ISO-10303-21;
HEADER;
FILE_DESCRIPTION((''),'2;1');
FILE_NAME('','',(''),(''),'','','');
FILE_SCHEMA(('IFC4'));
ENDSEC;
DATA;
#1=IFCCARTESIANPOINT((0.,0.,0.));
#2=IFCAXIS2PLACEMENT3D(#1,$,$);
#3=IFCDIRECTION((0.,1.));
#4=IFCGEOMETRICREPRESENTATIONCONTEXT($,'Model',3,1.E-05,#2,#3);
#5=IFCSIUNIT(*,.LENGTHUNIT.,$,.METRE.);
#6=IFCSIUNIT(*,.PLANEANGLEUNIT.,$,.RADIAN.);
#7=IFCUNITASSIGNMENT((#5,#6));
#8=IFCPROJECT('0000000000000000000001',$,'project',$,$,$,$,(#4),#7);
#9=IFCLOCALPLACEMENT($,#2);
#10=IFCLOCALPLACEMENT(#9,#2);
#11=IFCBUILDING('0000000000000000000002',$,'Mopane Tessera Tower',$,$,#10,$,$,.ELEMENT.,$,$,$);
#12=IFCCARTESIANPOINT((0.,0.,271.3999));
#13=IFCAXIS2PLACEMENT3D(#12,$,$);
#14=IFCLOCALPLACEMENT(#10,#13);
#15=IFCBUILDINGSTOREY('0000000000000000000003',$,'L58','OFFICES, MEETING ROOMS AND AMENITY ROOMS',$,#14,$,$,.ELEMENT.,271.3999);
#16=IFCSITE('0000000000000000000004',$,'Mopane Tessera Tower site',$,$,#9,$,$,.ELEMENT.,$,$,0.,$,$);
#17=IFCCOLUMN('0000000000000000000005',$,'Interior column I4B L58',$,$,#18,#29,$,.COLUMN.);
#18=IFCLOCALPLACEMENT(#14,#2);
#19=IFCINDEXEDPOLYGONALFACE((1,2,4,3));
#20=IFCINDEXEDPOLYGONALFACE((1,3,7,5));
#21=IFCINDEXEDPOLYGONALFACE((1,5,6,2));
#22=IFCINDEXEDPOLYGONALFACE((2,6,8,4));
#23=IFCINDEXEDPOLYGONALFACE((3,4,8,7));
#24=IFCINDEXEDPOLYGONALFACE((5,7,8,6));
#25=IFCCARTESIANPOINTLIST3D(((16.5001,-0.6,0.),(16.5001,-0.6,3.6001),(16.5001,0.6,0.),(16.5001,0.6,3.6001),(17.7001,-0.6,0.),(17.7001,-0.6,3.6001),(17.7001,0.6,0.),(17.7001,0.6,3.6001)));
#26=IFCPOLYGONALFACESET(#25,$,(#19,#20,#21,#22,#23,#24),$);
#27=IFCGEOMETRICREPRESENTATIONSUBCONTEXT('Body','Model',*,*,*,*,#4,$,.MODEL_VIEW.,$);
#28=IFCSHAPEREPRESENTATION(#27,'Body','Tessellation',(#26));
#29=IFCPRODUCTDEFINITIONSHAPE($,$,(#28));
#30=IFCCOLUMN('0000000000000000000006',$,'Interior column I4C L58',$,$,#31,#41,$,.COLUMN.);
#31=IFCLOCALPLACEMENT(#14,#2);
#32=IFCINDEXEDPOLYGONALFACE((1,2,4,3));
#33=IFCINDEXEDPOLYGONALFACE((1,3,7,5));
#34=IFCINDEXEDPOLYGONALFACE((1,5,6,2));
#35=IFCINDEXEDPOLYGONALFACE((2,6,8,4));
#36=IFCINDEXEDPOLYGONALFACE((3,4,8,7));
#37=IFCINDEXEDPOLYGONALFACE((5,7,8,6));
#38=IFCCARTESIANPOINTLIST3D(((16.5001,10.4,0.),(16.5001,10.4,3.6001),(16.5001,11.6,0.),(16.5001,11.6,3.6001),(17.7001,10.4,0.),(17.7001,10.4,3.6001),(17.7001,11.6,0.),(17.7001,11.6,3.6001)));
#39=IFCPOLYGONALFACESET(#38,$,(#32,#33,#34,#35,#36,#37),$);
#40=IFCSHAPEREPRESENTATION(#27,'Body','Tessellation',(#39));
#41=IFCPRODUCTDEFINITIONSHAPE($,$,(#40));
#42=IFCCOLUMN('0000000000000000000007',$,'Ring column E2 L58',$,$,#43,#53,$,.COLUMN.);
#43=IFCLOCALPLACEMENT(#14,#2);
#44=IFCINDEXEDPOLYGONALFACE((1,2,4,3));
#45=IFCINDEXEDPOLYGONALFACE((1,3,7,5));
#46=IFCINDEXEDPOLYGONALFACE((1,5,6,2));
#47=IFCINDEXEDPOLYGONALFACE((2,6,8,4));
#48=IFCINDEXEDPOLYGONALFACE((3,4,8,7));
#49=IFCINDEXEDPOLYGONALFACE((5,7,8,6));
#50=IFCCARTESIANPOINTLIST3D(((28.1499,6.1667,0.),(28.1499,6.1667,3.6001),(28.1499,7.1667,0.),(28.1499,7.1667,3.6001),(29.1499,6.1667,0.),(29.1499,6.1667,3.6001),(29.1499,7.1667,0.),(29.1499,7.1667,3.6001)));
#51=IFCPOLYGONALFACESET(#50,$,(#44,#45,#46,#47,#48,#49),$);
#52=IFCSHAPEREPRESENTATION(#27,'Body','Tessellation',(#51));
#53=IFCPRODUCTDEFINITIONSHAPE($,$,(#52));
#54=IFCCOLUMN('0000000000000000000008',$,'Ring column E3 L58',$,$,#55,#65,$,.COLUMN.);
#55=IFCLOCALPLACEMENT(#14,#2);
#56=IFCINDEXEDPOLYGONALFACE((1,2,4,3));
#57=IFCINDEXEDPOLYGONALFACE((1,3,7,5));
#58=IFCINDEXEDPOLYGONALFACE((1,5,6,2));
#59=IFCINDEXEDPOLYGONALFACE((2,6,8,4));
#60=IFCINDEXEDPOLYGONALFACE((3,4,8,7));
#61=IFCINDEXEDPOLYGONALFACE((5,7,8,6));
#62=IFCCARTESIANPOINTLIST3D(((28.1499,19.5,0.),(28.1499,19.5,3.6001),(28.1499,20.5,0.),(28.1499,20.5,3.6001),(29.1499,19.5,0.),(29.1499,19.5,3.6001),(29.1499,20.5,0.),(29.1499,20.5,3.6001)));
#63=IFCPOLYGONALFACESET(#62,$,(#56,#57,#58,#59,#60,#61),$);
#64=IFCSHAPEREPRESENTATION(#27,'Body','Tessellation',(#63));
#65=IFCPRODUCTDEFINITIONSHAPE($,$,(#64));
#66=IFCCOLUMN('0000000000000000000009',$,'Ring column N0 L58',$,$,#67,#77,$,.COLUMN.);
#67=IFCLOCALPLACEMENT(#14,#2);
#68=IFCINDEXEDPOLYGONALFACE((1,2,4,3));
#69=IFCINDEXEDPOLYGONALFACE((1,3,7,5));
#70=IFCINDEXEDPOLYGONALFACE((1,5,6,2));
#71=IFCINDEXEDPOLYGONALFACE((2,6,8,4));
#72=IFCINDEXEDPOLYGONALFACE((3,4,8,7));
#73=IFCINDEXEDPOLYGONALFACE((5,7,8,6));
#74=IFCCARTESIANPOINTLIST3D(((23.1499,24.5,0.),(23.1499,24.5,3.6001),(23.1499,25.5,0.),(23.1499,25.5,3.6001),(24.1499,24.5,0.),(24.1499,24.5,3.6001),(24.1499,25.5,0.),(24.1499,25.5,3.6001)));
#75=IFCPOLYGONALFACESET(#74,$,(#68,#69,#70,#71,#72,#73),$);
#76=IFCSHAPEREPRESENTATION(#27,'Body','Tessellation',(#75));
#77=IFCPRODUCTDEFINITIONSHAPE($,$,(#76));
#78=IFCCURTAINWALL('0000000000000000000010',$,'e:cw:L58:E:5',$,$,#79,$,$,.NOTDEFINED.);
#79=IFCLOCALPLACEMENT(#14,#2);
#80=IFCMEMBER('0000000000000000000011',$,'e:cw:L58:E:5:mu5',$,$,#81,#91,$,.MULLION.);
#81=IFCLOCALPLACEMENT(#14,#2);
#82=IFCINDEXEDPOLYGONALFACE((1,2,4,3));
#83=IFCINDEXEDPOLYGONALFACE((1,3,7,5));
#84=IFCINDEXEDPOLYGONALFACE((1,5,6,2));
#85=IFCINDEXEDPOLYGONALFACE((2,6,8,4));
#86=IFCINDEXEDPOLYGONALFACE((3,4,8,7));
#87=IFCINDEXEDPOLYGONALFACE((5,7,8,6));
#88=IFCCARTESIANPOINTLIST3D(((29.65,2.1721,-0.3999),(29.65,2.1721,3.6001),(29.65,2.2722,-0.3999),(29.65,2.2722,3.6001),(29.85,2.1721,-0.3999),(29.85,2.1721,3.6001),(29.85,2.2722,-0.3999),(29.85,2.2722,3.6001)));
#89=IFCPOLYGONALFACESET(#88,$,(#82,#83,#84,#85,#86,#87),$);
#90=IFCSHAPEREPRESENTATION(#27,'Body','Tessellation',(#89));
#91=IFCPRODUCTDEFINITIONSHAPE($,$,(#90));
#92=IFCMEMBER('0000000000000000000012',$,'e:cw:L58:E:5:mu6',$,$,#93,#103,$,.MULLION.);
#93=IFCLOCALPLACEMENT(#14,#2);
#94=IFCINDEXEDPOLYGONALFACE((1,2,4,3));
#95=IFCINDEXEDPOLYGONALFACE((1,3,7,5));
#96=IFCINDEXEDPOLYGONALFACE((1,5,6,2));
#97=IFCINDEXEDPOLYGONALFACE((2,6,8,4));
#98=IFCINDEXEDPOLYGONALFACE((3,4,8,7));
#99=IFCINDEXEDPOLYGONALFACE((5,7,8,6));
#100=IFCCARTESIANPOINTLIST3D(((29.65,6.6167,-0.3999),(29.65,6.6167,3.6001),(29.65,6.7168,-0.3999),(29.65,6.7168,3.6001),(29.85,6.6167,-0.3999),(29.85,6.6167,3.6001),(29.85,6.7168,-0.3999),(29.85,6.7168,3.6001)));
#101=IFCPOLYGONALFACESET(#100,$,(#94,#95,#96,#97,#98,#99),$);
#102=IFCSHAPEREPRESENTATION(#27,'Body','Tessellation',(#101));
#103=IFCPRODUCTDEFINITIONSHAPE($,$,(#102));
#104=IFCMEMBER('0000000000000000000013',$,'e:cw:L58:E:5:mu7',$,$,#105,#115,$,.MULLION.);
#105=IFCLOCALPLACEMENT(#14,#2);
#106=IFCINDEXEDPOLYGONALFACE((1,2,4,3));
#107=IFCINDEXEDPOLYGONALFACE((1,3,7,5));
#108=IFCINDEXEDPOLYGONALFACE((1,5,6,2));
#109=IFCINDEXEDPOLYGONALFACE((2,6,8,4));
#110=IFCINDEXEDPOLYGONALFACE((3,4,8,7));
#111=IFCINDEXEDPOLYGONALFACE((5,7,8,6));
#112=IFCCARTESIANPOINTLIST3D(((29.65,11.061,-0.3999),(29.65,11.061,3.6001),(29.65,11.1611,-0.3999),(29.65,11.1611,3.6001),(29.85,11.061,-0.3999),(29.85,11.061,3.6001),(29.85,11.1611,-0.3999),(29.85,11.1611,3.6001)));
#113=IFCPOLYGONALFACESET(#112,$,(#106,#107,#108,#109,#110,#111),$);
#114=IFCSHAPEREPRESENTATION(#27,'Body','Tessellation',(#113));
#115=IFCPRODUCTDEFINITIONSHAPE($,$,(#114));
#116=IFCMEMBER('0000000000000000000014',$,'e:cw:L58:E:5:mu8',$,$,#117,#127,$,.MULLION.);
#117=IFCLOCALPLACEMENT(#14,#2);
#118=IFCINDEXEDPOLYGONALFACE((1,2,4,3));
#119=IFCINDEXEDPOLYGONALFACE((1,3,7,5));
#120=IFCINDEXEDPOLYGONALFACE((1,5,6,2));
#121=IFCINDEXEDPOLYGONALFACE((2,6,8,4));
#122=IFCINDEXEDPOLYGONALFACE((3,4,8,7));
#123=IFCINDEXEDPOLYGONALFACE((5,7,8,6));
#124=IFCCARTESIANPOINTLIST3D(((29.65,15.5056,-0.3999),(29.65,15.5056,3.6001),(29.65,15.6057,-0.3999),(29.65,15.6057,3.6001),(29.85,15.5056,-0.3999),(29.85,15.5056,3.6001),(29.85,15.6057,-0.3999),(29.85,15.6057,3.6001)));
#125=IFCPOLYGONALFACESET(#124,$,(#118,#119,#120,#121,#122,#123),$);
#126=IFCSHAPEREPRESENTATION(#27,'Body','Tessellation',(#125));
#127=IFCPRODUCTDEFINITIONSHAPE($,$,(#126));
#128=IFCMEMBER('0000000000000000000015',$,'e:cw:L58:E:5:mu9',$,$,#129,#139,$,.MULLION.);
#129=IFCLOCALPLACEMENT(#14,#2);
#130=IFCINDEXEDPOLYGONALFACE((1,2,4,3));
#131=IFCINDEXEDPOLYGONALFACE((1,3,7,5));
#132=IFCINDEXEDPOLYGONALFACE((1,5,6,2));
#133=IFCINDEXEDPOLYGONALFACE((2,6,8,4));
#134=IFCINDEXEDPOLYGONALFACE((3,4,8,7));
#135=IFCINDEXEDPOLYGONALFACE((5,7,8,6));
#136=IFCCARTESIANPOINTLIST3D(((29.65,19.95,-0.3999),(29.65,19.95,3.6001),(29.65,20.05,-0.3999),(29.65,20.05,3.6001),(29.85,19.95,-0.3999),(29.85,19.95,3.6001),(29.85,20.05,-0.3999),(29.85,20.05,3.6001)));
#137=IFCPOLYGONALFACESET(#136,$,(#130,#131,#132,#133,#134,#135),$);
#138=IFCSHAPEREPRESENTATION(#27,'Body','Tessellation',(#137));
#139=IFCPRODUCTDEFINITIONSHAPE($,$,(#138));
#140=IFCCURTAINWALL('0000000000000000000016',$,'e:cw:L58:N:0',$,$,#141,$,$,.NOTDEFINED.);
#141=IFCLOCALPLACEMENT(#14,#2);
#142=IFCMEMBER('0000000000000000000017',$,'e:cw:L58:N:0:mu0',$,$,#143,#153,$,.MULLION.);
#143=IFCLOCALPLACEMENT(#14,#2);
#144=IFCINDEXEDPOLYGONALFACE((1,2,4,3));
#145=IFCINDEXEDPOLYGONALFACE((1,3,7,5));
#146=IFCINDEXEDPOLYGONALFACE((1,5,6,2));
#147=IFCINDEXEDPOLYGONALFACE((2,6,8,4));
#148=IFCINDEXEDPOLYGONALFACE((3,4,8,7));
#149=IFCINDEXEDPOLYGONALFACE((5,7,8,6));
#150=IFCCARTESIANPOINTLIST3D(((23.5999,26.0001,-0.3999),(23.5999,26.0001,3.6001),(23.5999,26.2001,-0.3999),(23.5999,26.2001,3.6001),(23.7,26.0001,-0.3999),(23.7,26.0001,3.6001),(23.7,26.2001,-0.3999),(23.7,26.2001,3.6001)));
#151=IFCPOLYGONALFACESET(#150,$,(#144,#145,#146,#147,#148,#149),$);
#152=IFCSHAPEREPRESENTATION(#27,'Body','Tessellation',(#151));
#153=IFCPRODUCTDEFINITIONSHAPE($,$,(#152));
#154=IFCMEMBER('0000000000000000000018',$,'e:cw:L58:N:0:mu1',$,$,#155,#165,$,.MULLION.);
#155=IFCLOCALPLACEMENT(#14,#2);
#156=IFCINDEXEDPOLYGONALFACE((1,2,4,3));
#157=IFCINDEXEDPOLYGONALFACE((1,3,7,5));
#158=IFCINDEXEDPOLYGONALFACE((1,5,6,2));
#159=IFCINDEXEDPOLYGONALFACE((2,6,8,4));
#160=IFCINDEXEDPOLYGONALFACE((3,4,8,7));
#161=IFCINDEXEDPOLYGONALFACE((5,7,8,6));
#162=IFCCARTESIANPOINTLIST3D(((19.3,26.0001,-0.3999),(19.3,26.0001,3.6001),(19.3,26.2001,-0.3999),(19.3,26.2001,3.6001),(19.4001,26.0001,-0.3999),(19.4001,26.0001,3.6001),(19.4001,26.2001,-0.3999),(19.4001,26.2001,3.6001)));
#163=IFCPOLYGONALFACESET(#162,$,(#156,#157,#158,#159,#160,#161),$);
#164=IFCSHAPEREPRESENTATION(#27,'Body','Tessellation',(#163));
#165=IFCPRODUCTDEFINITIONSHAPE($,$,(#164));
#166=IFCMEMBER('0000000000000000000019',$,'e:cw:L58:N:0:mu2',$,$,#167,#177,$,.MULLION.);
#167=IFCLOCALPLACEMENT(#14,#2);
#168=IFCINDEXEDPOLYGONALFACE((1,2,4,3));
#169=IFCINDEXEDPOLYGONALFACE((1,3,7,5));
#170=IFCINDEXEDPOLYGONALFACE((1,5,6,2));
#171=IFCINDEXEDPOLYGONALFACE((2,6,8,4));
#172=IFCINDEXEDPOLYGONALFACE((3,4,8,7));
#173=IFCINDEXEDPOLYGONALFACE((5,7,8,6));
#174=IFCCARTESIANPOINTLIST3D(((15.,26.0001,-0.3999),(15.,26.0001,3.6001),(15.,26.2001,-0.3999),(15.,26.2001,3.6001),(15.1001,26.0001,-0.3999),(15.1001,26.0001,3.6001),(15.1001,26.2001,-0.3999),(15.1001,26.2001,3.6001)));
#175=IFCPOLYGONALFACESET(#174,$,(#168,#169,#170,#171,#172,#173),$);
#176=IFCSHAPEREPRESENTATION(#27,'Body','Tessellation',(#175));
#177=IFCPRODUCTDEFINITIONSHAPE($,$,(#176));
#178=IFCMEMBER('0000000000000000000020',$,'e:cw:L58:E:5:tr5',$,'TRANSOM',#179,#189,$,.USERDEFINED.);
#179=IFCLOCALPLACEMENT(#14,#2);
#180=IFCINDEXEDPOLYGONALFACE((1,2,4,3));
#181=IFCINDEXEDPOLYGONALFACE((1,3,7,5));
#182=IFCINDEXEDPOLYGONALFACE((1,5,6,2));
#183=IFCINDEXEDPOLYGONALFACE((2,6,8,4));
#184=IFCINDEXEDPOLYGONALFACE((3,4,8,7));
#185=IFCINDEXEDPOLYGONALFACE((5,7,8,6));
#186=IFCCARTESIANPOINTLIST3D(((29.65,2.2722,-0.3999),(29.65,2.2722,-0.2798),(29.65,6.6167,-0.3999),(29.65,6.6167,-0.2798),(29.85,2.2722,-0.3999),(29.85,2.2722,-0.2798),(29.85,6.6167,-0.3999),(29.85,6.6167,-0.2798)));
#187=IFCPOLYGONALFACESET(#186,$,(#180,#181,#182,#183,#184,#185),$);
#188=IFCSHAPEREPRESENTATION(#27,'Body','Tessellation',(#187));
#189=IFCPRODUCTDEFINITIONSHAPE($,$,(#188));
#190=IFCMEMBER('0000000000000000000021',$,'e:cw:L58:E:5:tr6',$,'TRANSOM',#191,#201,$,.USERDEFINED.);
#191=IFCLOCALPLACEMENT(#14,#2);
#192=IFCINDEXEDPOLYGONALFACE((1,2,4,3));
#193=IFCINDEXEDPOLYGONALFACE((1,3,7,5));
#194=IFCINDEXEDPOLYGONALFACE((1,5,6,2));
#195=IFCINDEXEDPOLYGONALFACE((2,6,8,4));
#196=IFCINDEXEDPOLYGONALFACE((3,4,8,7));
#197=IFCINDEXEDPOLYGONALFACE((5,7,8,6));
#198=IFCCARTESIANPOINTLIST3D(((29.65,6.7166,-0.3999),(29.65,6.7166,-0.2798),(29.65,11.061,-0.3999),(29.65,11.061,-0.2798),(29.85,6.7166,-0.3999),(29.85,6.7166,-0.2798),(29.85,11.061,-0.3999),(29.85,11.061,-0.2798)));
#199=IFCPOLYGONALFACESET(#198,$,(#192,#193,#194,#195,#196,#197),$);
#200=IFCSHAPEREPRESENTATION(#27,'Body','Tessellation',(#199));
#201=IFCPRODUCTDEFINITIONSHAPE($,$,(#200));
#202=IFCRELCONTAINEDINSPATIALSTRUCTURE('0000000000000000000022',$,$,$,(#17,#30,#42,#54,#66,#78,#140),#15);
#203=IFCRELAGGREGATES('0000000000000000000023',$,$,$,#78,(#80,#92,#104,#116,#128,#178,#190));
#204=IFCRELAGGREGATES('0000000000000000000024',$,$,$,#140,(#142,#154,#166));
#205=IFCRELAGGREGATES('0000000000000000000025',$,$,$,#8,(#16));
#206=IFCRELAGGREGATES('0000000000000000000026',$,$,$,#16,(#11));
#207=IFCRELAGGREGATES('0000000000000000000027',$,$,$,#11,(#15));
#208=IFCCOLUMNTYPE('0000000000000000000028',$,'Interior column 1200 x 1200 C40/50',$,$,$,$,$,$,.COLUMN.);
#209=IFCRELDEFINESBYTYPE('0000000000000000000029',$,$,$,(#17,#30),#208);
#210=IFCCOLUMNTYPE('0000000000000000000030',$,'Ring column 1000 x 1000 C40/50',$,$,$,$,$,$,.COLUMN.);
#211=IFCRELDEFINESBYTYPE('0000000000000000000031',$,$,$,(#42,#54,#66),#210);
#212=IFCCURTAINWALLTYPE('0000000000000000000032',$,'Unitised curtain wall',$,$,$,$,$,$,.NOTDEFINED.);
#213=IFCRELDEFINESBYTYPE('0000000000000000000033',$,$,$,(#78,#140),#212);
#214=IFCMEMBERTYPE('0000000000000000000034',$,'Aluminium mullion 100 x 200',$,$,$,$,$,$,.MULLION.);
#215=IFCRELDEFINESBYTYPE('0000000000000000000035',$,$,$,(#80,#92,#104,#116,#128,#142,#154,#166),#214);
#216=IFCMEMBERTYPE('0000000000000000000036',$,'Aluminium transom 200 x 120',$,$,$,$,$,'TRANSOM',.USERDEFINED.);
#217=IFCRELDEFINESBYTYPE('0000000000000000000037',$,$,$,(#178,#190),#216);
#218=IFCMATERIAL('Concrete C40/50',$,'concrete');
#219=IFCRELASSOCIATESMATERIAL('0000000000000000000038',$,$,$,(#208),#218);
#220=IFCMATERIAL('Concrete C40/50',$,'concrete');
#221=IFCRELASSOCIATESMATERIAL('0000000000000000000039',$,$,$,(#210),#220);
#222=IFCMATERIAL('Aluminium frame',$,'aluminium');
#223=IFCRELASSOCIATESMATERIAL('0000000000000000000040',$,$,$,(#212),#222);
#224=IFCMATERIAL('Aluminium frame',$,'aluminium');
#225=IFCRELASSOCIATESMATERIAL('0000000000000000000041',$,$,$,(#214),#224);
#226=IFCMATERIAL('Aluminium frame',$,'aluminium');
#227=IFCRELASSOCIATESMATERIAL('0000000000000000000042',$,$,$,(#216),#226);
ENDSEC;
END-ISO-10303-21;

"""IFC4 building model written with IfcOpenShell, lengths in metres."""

from ifc_helpers import new_model, si_unit, direction, frame, origin, origin_2d, place, context, subcontext, project, spatial, rectangle, extrude, material, material_profile, profile_set, type_object, element, aggregate, save


model = new_model("IFC4")

# Units and contexts
model_context = context("Model", 3, precision=1e-05, world=origin(), true_north=direction((0.0, 1.0)))
body_context = subcontext(model_context, "Body", "Model", "MODEL_VIEW")
ifc_project = project(units=[si_unit("LENGTHUNIT", "METRE"), si_unit("PLANEANGLEUNIT", "RADIAN")], contexts=[model_context])

# Site, building, storey
site_placement = place(None, origin())
site = spatial("IfcSite", under=ifc_project, at=site_placement, Name="Mopane Tessera Tower site", CompositionType="ELEMENT", RefElevation=0.0)
building_placement = place(site_placement, origin())
building = spatial("IfcBuilding", under=site, at=building_placement, Name="Mopane Tessera Tower", CompositionType="ELEMENT")
storey_placement = place(building_placement, frame((0.0, 0.0, 271.3999)))
storey = spatial("IfcBuildingStorey", under=building, at=storey_placement, Name="L58", Description="OFFICES, MEETING ROOMS AND AMENITY ROOMS", CompositionType="ELEMENT", Elevation=271.3999)

# Columns
ifc_material_1 = material(Name="Concrete C40/50", Category="concrete")
ifc_material_profile_1 = material_profile(ifc_material_1, rectangle(XDim=1.2, YDim=1.2, at=origin_2d()))
ifc_profile_set_1 = profile_set([ifc_material_profile_1], Name="Concrete C40/50")
column_type_1 = type_object("IfcColumnType", Name="Interior column 1200 x 1200 C40/50", PredefinedType="COLUMN", material=ifc_profile_set_1)
for number, where, z_axis, x_axis, name in (
    (1, (17.1001, 0.0, 0.0), (0.0, 0.0, 1.0), (1.0, 0.0, 0.0), "Interior column I4B L58"),
    (2, (17.1001, 11.0, 0.0), (0.0, 0.0, 1.0), (1.0, 0.0, 0.0), "Interior column I4C L58"),
):
    element("IfcColumn", number, at=place(storey_placement, frame(where, z_axis=z_axis, x_axis=x_axis)), inside=storey, type_object=column_type_1, Name=name, PredefinedType="COLUMN", context=body_context, shape_type="SweptSolid", body=[
        extrude(rectangle(XDim=1.2, YDim=1.2, at=origin_2d()), origin(), (0.0, 0.0, 1.0), 3.6001),
    ])
ifc_material_2 = material(Name="Concrete C40/50", Category="concrete")
ifc_material_profile_2 = material_profile(ifc_material_2, rectangle(XDim=1.0, YDim=1.0, at=origin_2d()))
ifc_profile_set_2 = profile_set([ifc_material_profile_2], Name="Concrete C40/50")
column_type_2 = type_object("IfcColumnType", Name="Ring column 1000 x 1000 C40/50", PredefinedType="COLUMN", material=ifc_profile_set_2)
for number, where, z_axis, x_axis, name in (
    (3, (28.6499, 6.6667, 0.0), (0.0, 0.0, 1.0), (1.0, 0.0, 0.0), "Ring column E2 L58"),
    (4, (28.6499, 20.0, 0.0), (0.0, 0.0, 1.0), (1.0, 0.0, 0.0), "Ring column E3 L58"),
    (5, (23.6499, 25.0, 0.0), (0.0, 0.0, 1.0), (1.0, 0.0, 0.0), "Ring column N0 L58"),
):
    element("IfcColumn", number, at=place(storey_placement, frame(where, z_axis=z_axis, x_axis=x_axis)), inside=storey, type_object=column_type_2, Name=name, PredefinedType="COLUMN", context=body_context, shape_type="SweptSolid", body=[
        extrude(rectangle(XDim=1.0, YDim=1.0, at=origin_2d()), origin(), (0.0, 0.0, 1.0), 3.6001),
    ])

# Curtain walls, members
ifc_material_3 = material(Name="Aluminium frame", Category="aluminium")
curtain_wall_type = type_object("IfcCurtainWallType", Name="Unitised curtain wall", PredefinedType="NOTDEFINED", material=ifc_material_3)
curtain_wall_1_placement = place(storey_placement, origin())
curtain_wall_1 = element("IfcCurtainWall", 6, at=curtain_wall_1_placement, inside=storey, type_object=curtain_wall_type, Name="e:cw:L58:E:5", PredefinedType="NOTDEFINED")
ifc_material_4 = material(Name="Aluminium frame", Category="aluminium")
ifc_material_profile_3 = material_profile(ifc_material_4, rectangle(XDim=0.1001, YDim=0.2, at=origin_2d()))
ifc_profile_set_3 = profile_set([ifc_material_profile_3], Name="Aluminium frame")
member_type_1 = type_object("IfcMemberType", Name="Aluminium mullion 100 x 200", PredefinedType="MULLION", material=ifc_profile_set_3)
member_1_placement = place(storey_placement, frame((29.75, 2.2222, -0.3999), z_axis=(0.0, 0.0, 1.0), x_axis=(0.0, 1.0, 0.0)))
member_1 = element("IfcMember", 7, at=member_1_placement, type_object=member_type_1, Name="e:cw:L58:E:5:mu5", PredefinedType="MULLION", context=body_context, shape_type="SweptSolid", body=[
    extrude(rectangle(XDim=0.1001, YDim=0.2, at=origin_2d()), origin(), (0.0, 0.0, 1.0), 4.0),
])
member_2_placement = place(storey_placement, frame((29.75, 6.6667, -0.3999), z_axis=(0.0, 0.0, 1.0), x_axis=(0.0, 1.0, 0.0)))
member_2 = element("IfcMember", 8, at=member_2_placement, type_object=member_type_1, Name="e:cw:L58:E:5:mu6", PredefinedType="MULLION", context=body_context, shape_type="SweptSolid", body=[
    extrude(rectangle(XDim=0.1001, YDim=0.2, at=origin_2d()), origin(), (0.0, 0.0, 1.0), 4.0),
])
member_3_placement = place(storey_placement, frame((29.75, 11.1111, -0.3999), z_axis=(0.0, 0.0, 1.0), x_axis=(0.0, 1.0, 0.0)))
member_3 = element("IfcMember", 9, at=member_3_placement, type_object=member_type_1, Name="e:cw:L58:E:5:mu7", PredefinedType="MULLION", context=body_context, shape_type="SweptSolid", body=[
    extrude(rectangle(XDim=0.1001, YDim=0.2, at=origin_2d()), origin(), (0.0, 0.0, 1.0), 4.0),
])
member_4_placement = place(storey_placement, frame((29.75, 15.5557, -0.3999), z_axis=(0.0, 0.0, 1.0), x_axis=(0.0, 1.0, 0.0)))
member_4 = element("IfcMember", 10, at=member_4_placement, type_object=member_type_1, Name="e:cw:L58:E:5:mu8", PredefinedType="MULLION", context=body_context, shape_type="SweptSolid", body=[
    extrude(rectangle(XDim=0.1001, YDim=0.2, at=origin_2d()), origin(), (0.0, 0.0, 1.0), 4.0),
])
member_5_placement = place(storey_placement, frame((29.75, 20.0, -0.3999), z_axis=(0.0, 0.0, 1.0), x_axis=(0.0, 1.0, 0.0)))
member_5 = element("IfcMember", 11, at=member_5_placement, type_object=member_type_1, Name="e:cw:L58:E:5:mu9", PredefinedType="MULLION", context=body_context, shape_type="SweptSolid", body=[
    extrude(rectangle(XDim=0.1001, YDim=0.2, at=origin_2d()), origin(), (0.0, 0.0, 1.0), 4.0),
])
curtain_wall_2_placement = place(storey_placement, origin())
curtain_wall_2 = element("IfcCurtainWall", 12, at=curtain_wall_2_placement, inside=storey, type_object=curtain_wall_type, Name="e:cw:L58:N:0", PredefinedType="NOTDEFINED")
member_6_placement = place(storey_placement, frame((23.6499, 26.1001, -0.3999), z_axis=(0.0, 0.0, 1.0), x_axis=(-1.0, 0.0, 0.0)))
member_6 = element("IfcMember", 13, at=member_6_placement, type_object=member_type_1, Name="e:cw:L58:N:0:mu0", PredefinedType="MULLION", context=body_context, shape_type="SweptSolid", body=[
    extrude(rectangle(XDim=0.1001, YDim=0.2, at=origin_2d()), origin(), (0.0, 0.0, 1.0), 4.0),
])
member_7_placement = place(storey_placement, frame((19.3501, 26.1001, -0.3999), z_axis=(0.0, 0.0, 1.0), x_axis=(-1.0, 0.0, 0.0)))
member_7 = element("IfcMember", 14, at=member_7_placement, type_object=member_type_1, Name="e:cw:L58:N:0:mu1", PredefinedType="MULLION", context=body_context, shape_type="SweptSolid", body=[
    extrude(rectangle(XDim=0.1001, YDim=0.2, at=origin_2d()), origin(), (0.0, 0.0, 1.0), 4.0),
])
member_8_placement = place(storey_placement, frame((15.05, 26.1001, -0.3999), z_axis=(0.0, 0.0, 1.0), x_axis=(-1.0, 0.0, 0.0)))
member_8 = element("IfcMember", 15, at=member_8_placement, type_object=member_type_1, Name="e:cw:L58:N:0:mu2", PredefinedType="MULLION", context=body_context, shape_type="SweptSolid", body=[
    extrude(rectangle(XDim=0.1001, YDim=0.2, at=origin_2d()), origin(), (0.0, 0.0, 1.0), 4.0),
])

# Members
ifc_material_5 = material(Name="Aluminium frame", Category="aluminium")
ifc_material_profile_4 = material_profile(ifc_material_5, rectangle(XDim=0.2, YDim=0.1201, at=origin_2d()))
ifc_profile_set_4 = profile_set([ifc_material_profile_4], Name="Aluminium frame")
member_type_2 = type_object("IfcMemberType", Name="Aluminium transom 200 x 120", ElementType="TRANSOM", PredefinedType="USERDEFINED", material=ifc_profile_set_4)
member_9_placement = place(storey_placement, frame((29.75, 2.2722, -0.3398), z_axis=(0.0, 1.0, 0.0), x_axis=(-1.0, 0.0, 0.0)))
member_9 = element("IfcMember", 16, at=member_9_placement, type_object=member_type_2, Name="e:cw:L58:E:5:tr5", ObjectType="TRANSOM", PredefinedType="USERDEFINED", context=body_context, shape_type="SweptSolid", body=[
    extrude(rectangle(XDim=0.2, YDim=0.1201, at=origin_2d()), origin(), (0.0, 0.0, 1.0), 4.3445),
])
member_10_placement = place(storey_placement, frame((29.75, 6.7166, -0.3398), z_axis=(0.0, 1.0, 0.0), x_axis=(-1.0, 0.0, 0.0)))
member_10 = element("IfcMember", 17, at=member_10_placement, type_object=member_type_2, Name="e:cw:L58:E:5:tr6", ObjectType="TRANSOM", PredefinedType="USERDEFINED", context=body_context, shape_type="SweptSolid", body=[
    extrude(rectangle(XDim=0.2, YDim=0.1201, at=origin_2d()), origin(), (0.0, 0.0, 1.0), 4.3445),
])

aggregate(curtain_wall_1, [member_1, member_2, member_3, member_4, member_5, member_9, member_10])
aggregate(curtain_wall_2, [member_6, member_7, member_8])

save(model, "model.ifc")
